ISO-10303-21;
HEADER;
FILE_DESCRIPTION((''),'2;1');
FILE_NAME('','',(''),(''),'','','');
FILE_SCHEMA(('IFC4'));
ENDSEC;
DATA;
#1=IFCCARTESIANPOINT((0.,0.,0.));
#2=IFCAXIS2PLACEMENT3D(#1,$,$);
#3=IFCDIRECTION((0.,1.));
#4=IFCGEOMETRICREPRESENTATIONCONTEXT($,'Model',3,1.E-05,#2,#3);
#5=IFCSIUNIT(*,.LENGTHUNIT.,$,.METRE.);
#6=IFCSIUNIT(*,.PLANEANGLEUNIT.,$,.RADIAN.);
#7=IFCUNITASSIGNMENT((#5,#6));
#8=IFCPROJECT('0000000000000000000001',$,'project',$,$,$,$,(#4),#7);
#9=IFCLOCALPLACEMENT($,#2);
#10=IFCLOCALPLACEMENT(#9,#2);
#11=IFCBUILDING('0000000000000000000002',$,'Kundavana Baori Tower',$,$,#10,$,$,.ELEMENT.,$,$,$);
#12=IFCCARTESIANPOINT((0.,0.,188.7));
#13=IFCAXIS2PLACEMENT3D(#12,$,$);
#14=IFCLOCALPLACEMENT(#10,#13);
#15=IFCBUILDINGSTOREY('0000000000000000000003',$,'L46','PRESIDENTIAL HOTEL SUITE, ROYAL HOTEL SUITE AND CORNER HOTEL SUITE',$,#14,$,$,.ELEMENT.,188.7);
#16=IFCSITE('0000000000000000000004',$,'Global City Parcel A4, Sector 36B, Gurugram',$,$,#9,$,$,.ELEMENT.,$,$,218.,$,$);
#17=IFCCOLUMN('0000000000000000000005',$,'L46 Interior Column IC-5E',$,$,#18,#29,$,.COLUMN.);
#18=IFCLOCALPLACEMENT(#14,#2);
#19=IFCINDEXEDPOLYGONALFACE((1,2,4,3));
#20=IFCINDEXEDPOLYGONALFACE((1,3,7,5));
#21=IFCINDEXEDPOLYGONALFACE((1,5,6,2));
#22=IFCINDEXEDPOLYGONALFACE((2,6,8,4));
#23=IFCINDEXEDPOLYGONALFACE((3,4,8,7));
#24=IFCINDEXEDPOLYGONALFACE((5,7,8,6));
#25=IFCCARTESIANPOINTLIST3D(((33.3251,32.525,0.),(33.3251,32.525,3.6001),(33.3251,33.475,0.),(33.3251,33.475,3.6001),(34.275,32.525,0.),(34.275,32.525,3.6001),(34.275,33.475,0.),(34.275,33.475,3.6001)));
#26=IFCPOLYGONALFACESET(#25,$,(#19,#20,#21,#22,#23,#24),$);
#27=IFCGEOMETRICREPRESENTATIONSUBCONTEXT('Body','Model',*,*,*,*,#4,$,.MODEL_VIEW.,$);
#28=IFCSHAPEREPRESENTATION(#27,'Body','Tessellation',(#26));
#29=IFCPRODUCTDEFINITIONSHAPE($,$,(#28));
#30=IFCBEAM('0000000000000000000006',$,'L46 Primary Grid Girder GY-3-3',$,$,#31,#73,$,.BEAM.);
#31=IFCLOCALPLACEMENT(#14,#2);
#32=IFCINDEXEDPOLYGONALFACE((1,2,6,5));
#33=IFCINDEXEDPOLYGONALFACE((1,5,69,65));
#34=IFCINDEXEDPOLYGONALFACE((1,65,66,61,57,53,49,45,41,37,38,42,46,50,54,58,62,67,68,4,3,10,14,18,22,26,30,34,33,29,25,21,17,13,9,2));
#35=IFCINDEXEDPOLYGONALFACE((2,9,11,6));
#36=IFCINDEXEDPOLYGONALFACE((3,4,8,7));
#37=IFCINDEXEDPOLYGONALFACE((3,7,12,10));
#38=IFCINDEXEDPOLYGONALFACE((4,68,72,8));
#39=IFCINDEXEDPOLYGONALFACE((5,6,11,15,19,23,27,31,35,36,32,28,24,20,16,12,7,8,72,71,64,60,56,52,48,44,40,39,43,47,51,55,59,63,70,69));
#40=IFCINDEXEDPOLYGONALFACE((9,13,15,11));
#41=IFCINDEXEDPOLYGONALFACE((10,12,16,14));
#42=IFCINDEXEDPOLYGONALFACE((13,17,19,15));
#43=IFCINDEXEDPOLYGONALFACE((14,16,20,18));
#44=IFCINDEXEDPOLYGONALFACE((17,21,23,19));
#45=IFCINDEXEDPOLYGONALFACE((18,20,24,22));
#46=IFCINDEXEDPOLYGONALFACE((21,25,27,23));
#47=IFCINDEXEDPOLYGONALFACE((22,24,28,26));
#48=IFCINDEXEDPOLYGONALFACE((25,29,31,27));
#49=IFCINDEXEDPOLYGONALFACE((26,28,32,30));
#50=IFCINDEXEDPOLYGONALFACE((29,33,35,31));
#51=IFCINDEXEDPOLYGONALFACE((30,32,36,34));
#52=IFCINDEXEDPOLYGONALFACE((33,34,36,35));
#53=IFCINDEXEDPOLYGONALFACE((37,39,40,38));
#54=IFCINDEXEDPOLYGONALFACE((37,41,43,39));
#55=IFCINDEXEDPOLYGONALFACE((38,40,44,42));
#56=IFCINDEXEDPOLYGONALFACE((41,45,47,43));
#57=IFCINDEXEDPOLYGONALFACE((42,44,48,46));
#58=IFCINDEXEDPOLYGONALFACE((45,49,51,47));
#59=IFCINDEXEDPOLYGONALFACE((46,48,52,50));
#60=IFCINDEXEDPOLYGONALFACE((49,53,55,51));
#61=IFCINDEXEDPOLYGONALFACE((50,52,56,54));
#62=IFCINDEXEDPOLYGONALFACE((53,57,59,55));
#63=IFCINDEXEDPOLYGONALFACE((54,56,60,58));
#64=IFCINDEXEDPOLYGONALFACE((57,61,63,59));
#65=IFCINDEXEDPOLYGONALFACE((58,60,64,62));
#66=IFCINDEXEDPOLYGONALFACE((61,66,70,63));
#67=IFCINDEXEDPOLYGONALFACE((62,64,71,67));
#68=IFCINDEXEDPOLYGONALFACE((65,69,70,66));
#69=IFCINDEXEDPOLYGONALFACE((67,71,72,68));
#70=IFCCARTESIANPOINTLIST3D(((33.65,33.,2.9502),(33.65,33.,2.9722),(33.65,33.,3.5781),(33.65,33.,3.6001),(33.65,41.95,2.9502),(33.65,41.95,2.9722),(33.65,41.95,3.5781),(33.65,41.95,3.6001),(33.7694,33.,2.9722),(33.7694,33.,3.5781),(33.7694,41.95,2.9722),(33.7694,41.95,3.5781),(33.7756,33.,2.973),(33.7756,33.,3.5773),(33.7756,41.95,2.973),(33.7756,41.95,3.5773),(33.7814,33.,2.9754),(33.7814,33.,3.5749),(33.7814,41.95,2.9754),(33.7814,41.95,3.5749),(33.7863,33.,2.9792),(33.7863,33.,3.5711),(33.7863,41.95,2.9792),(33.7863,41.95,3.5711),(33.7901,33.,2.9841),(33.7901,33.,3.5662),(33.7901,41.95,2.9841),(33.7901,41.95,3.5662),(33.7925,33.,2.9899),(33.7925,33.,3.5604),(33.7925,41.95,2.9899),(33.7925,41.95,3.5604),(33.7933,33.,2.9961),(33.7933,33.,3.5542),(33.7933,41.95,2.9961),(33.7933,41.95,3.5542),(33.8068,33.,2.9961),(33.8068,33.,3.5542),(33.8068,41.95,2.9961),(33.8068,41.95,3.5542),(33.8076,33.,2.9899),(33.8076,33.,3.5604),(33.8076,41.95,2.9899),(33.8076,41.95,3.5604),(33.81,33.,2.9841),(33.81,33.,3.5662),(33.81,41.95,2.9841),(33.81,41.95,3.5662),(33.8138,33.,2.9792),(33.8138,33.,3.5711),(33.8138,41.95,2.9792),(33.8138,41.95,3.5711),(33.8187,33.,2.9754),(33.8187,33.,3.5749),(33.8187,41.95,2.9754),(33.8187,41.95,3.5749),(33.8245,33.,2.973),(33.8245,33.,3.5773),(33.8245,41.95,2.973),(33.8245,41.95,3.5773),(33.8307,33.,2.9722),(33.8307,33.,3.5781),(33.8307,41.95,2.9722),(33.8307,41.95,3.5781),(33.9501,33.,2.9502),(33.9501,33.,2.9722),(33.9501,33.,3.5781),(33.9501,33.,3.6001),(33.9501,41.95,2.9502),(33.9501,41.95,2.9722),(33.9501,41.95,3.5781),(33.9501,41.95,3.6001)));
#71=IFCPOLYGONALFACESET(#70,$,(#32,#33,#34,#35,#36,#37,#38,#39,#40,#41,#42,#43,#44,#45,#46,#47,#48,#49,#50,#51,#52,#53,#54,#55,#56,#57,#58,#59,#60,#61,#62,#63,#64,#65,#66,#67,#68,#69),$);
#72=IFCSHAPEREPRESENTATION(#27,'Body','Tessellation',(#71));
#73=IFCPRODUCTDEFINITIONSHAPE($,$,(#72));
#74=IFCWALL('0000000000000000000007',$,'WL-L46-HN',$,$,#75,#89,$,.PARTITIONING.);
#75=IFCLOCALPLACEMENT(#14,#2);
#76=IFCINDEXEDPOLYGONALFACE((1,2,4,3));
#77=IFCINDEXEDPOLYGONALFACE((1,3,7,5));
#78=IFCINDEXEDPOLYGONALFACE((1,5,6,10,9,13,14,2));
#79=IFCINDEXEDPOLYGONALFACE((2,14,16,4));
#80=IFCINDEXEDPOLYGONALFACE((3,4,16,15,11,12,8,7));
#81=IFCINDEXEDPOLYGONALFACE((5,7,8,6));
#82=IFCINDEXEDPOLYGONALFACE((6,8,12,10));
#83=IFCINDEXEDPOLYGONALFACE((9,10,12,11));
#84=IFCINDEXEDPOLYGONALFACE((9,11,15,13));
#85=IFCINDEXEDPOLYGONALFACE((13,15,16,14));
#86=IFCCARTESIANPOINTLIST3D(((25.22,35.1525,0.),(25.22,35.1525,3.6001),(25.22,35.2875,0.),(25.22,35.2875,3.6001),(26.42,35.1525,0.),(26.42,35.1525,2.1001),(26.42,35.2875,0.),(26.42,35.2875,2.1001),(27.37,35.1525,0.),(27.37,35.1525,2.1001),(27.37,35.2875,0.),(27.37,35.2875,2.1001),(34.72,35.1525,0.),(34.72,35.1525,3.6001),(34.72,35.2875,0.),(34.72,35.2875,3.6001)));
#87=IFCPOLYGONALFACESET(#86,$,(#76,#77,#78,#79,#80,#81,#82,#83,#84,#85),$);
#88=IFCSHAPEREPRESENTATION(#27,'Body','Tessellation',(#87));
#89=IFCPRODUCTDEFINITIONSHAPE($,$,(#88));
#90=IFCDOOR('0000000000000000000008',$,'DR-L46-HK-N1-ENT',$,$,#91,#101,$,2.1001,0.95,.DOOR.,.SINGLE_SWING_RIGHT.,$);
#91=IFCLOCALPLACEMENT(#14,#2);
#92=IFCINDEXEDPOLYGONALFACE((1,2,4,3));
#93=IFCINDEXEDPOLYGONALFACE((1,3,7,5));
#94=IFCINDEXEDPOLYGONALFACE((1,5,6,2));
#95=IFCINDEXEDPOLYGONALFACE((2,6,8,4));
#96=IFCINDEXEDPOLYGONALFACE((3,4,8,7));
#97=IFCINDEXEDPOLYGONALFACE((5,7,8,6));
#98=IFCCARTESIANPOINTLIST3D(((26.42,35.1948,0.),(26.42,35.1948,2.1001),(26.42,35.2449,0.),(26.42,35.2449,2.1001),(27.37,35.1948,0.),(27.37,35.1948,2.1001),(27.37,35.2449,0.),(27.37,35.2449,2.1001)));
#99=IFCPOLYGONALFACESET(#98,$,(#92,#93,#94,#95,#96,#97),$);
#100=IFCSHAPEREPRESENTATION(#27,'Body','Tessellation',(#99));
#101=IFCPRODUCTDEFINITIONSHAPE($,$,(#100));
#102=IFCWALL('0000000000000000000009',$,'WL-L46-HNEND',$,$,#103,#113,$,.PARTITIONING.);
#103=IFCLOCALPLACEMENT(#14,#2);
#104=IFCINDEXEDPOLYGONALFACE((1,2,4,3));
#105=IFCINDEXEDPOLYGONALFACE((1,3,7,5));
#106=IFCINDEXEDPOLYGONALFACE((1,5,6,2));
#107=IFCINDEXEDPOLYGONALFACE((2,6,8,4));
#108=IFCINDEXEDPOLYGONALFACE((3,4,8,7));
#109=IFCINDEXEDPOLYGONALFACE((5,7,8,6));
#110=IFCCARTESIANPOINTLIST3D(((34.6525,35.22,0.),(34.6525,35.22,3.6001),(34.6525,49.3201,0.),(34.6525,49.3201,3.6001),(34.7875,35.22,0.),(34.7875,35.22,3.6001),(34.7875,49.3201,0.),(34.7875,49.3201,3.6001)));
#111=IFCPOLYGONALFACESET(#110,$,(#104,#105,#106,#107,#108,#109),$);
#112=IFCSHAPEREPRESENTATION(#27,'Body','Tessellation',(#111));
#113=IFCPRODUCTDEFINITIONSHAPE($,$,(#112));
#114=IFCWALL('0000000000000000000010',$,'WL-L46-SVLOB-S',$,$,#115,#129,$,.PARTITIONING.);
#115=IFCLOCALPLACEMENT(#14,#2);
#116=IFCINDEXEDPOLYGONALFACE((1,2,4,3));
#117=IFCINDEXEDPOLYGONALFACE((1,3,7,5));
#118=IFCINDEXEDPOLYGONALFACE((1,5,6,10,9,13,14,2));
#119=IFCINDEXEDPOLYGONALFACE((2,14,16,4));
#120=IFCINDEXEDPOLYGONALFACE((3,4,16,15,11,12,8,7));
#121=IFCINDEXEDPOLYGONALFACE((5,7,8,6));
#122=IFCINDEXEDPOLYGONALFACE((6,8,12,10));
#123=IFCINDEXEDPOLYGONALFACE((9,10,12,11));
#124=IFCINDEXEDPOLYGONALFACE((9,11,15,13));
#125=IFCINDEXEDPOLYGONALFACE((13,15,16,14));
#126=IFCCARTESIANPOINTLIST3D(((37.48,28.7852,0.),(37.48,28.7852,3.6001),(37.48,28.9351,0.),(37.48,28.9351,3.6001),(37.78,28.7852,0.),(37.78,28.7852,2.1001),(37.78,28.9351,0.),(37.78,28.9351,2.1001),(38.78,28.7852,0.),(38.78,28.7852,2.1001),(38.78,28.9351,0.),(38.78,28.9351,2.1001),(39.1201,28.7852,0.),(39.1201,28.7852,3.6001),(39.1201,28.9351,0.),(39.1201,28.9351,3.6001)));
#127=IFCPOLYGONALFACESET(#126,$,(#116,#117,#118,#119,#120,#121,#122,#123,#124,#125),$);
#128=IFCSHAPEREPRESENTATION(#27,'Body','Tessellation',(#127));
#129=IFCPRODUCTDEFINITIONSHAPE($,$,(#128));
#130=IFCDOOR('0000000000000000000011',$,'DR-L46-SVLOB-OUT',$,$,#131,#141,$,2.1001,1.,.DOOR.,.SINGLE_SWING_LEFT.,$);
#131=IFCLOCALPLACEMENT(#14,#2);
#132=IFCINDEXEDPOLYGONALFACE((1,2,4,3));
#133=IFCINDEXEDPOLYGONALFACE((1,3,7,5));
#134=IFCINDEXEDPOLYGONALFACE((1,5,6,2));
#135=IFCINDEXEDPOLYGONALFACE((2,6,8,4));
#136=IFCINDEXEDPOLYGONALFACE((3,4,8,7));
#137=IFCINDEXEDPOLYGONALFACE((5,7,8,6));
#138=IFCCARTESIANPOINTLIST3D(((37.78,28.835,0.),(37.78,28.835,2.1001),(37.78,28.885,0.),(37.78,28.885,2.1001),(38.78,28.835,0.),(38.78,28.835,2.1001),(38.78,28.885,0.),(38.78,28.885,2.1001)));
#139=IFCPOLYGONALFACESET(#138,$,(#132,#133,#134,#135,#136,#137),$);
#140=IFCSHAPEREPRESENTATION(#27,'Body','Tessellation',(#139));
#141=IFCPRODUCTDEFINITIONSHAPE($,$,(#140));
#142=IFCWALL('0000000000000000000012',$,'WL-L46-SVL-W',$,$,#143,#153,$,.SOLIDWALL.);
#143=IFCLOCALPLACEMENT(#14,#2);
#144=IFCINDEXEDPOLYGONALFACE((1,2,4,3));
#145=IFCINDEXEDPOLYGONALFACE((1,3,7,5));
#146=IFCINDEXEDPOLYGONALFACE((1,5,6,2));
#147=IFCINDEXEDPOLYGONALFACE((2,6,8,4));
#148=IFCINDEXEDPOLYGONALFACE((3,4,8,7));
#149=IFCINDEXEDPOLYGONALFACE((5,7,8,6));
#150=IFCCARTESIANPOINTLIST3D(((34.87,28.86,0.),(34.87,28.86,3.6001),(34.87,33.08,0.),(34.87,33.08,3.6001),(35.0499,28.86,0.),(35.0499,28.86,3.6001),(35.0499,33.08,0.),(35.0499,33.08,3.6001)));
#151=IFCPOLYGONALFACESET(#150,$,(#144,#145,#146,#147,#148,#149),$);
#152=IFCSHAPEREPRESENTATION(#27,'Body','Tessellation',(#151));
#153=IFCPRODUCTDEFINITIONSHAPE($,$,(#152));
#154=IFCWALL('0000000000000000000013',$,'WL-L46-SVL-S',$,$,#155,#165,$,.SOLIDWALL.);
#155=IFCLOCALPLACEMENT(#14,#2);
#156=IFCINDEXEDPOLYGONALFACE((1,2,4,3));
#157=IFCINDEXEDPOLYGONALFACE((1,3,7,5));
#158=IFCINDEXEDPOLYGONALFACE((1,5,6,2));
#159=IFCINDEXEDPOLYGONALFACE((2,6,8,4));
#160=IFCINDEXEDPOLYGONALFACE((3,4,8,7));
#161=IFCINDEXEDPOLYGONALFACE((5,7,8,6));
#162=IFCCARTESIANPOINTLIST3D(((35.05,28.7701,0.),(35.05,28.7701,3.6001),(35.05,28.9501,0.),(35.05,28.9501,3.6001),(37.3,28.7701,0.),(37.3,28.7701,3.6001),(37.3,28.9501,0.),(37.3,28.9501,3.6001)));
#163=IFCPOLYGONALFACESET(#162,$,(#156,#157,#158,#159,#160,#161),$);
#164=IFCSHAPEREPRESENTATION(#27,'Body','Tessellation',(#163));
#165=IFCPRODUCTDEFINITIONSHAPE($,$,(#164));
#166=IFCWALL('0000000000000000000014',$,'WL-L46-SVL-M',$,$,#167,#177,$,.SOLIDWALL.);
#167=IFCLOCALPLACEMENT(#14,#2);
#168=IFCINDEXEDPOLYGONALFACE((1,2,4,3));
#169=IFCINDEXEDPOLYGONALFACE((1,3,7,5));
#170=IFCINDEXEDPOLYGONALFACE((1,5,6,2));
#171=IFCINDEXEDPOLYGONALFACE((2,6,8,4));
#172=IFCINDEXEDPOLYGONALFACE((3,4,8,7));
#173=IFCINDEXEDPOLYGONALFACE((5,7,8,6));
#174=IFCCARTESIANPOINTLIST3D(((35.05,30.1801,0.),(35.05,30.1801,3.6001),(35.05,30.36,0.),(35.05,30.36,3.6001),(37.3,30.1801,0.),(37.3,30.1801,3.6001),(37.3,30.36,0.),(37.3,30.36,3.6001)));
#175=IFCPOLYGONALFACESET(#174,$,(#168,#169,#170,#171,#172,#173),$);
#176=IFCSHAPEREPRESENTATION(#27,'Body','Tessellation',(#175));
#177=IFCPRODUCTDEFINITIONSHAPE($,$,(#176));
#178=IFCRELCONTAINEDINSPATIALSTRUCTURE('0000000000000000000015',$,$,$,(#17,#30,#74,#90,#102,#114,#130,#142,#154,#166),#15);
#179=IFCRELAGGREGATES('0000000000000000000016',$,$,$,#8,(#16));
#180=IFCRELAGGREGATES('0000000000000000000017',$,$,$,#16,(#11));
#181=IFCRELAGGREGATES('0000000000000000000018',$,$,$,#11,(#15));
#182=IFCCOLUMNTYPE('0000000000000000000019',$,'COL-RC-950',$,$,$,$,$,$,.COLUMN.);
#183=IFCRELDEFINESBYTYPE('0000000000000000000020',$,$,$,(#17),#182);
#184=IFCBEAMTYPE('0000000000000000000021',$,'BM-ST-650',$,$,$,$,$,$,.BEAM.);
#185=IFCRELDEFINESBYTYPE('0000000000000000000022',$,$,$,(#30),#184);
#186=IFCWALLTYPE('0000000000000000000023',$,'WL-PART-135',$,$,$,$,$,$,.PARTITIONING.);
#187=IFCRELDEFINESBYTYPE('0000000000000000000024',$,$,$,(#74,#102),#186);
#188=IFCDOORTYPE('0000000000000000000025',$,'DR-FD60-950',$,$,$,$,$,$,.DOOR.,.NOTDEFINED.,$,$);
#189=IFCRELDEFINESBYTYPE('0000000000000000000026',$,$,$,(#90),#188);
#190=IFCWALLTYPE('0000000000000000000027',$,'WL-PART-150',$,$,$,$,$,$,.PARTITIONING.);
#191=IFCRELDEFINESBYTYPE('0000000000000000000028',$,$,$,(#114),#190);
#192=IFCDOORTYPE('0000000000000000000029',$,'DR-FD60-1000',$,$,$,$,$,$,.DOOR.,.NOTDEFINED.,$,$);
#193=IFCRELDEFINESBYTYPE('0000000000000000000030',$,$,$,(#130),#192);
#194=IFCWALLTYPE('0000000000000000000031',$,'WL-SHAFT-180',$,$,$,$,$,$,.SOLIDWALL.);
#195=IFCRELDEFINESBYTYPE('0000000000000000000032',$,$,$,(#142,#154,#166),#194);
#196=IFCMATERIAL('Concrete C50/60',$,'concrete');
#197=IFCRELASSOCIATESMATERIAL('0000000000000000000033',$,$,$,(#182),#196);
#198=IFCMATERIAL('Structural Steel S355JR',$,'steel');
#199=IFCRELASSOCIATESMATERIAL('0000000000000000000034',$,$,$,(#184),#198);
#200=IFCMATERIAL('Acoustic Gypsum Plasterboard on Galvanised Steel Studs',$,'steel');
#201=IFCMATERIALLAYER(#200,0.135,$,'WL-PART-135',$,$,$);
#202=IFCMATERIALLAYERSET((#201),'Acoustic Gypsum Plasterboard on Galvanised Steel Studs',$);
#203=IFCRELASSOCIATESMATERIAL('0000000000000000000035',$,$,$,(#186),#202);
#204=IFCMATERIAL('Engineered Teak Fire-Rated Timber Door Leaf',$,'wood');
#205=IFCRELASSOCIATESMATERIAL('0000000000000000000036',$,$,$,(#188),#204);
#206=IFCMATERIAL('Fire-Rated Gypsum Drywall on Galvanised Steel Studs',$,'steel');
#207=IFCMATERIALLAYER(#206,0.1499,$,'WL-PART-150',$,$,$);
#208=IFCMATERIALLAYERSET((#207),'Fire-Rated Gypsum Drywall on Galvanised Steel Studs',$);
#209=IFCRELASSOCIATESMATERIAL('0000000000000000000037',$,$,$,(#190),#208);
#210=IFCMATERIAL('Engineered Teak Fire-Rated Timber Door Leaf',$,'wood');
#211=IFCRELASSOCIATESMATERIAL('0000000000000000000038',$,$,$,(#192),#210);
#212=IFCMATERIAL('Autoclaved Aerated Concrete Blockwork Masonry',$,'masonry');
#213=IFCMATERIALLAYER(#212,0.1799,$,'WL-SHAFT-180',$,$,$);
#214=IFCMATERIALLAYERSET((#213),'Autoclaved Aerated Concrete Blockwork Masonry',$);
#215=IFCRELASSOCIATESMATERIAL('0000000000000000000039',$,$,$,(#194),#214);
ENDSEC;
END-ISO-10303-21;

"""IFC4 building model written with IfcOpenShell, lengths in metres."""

from ifc_helpers import new_model, si_unit, direction, frame, frame_2d, origin, origin_2d, place, context, subcontext, project, spatial, rectangle, i_section, extrude, material, layer, layer_set, material_profile, profile_set, type_object, element, fill, save


model = new_model("IFC4")

# Units and contexts
model_context = context("Model", 3, precision=1e-05, world=origin(), true_north=direction((0.0, 1.0)))
body_context = subcontext(model_context, "Body", "Model", "MODEL_VIEW")
ifc_project = project(units=[si_unit("LENGTHUNIT", "METRE"), si_unit("PLANEANGLEUNIT", "RADIAN")], contexts=[model_context])

# Site, building, storey
site_placement = place(None, origin())
site = spatial("IfcSite", under=ifc_project, at=site_placement, Name="Global City Parcel A4, Sector 36B, Gurugram", CompositionType="ELEMENT", RefElevation=218.0)
building_placement = place(site_placement, origin())
building = spatial("IfcBuilding", under=site, at=building_placement, Name="Kundavana Baori Tower", CompositionType="ELEMENT")
storey_placement = place(building_placement, frame((0.0, 0.0, 188.7)))
storey = spatial("IfcBuildingStorey", under=building, at=storey_placement, Name="L46", Description="PRESIDENTIAL HOTEL SUITE, ROYAL HOTEL SUITE AND CORNER HOTEL SUITE", CompositionType="ELEMENT", Elevation=188.7)

# Column
ifc_material_1 = material(Name="Concrete C50/60", Category="concrete")
ifc_material_profile_1 = material_profile(ifc_material_1, rectangle(XDim=0.95, YDim=0.95, at=origin_2d()), Name="RC 950x950")
ifc_profile_set_1 = profile_set([ifc_material_profile_1], Name="Concrete C50/60")
column_type = type_object("IfcColumnType", Name="COL-RC-950", PredefinedType="COLUMN", material=ifc_profile_set_1)
column_placement = place(storey_placement, frame((33.8, 33.0, 0.0), z_axis=(0.0, 0.0, 1.0), x_axis=(1.0, 0.0, 0.0)))
element("IfcColumn", 1, at=column_placement, inside=storey, type_object=column_type, Name="L46 Interior Column IC-5E", PredefinedType="COLUMN", context=body_context, shape_type="SweptSolid", body=[
    extrude(rectangle(XDim=0.95, YDim=0.95, at=origin_2d()), origin(), (0.0, 0.0, 1.0), 3.6001),
])

# Beam
ifc_material_2 = material(Name="Structural Steel S355JR", Category="steel")
ifc_material_profile_2 = material_profile(ifc_material_2, i_section(OverallWidth=0.3, OverallDepth=0.6499, WebThickness=0.0134, FlangeThickness=0.022, FilletRadius=0.0239, at=origin_2d()), Name="NPB 650x300x155")
ifc_profile_set_2 = profile_set([ifc_material_profile_2], Name="Structural Steel S355JR")
beam_type = type_object("IfcBeamType", Name="BM-ST-650", PredefinedType="BEAM", material=ifc_profile_set_2)
beam_placement = place(storey_placement, frame((33.8, 33.0, 3.2751), z_axis=(0.0, 1.0, 0.0), x_axis=(-1.0, 0.0, 0.0)))
element("IfcBeam", 2, at=beam_placement, inside=storey, type_object=beam_type, Name="L46 Primary Grid Girder GY-3-3", PredefinedType="BEAM", context=body_context, shape_type="SweptSolid", body=[
    extrude(i_section(OverallWidth=0.3, OverallDepth=0.6499, WebThickness=0.0134, FlangeThickness=0.022, FilletRadius=0.0239, at=origin_2d()), origin(), (0.0, 0.0, 1.0), 8.95),
])

# Wall, opening, door
ifc_material_3 = material(Name="Acoustic Gypsum Plasterboard on Galvanised Steel Studs", Category="steel")
ifc_layer_1 = layer(ifc_material_3, 0.135, Name="WL-PART-135")
ifc_layer_set_1 = layer_set([ifc_layer_1], Name="Acoustic Gypsum Plasterboard on Galvanised Steel Studs")
wall_type_1 = type_object("IfcWallType", Name="WL-PART-135", PredefinedType="PARTITIONING", material=ifc_layer_set_1)
wall_1_placement = place(storey_placement, frame((25.22, 35.22, 0.0), z_axis=(0.0, 0.0, 1.0), x_axis=(1.0, 0.0, 0.0)))
wall_1 = element("IfcWall", 3, at=wall_1_placement, inside=storey, type_object=wall_type_1, Name="WL-L46-HN", PredefinedType="PARTITIONING", context=body_context, shape_type="SweptSolid", body=[
    extrude(rectangle(XDim=9.5, YDim=0.135, at=frame_2d((4.75, 0.0))), origin(), (0.0, 0.0, 1.0), 3.6001),
])
opening_1_placement = place(wall_1_placement, frame((1.2, 0.0, 0.0)))
opening_1 = element("IfcOpeningElement", 4, at=opening_1_placement, cuts=wall_1, PredefinedType="OPENING", context=body_context, shape_type="SweptSolid", body=[
    extrude(rectangle(XDim=0.95, YDim=2.1001, at=frame_2d((0.4751, 1.05))), frame((0.0, 0.0776, 0.0), z_axis=(0.0, -1.0, 0.0), x_axis=(1.0, 0.0, 0.0)), (0.0, 0.0, 1.0), 0.155),
])
ifc_material_4 = material(Name="Engineered Teak Fire-Rated Timber Door Leaf", Category="wood")
door_type_1 = type_object("IfcDoorType", Name="DR-FD60-950", OperationType="NOTDEFINED", PredefinedType="DOOR", material=ifc_material_4)
door_1_placement = place(opening_1_placement, origin())
door_1 = element("IfcDoor", 5, at=door_1_placement, inside=storey, type_object=door_type_1, Name="DR-L46-HK-N1-ENT", OperationType="SINGLE_SWING_RIGHT", OverallHeight=2.1001, OverallWidth=0.95, PredefinedType="DOOR", context=body_context, shape_type="SweptSolid", body=[
    extrude(rectangle(XDim=0.95, YDim=2.1001, at=frame_2d((0.4751, 1.05))), frame((0.0, 0.0249, 0.0), z_axis=(0.0, -1.0, 0.0), x_axis=(1.0, 0.0, 0.0)), (0.0, 0.0, 1.0), 0.05),
])
fill(opening_1, door_1)

# Wall
wall_2_placement = place(storey_placement, frame((34.72, 35.22, 0.0), z_axis=(0.0, 0.0, 1.0), x_axis=(0.0, 1.0, 0.0)))
element("IfcWall", 6, at=wall_2_placement, inside=storey, type_object=wall_type_1, Name="WL-L46-HNEND", PredefinedType="PARTITIONING", context=body_context, shape_type="SweptSolid", body=[
    extrude(rectangle(XDim=14.1001, YDim=0.135, at=frame_2d((7.05, 0.0))), origin(), (0.0, 0.0, 1.0), 3.6001),
])

# Wall, opening, door
ifc_material_5 = material(Name="Fire-Rated Gypsum Drywall on Galvanised Steel Studs", Category="steel")
ifc_layer_2 = layer(ifc_material_5, 0.1499, Name="WL-PART-150")
ifc_layer_set_2 = layer_set([ifc_layer_2], Name="Fire-Rated Gypsum Drywall on Galvanised Steel Studs")
wall_type_2 = type_object("IfcWallType", Name="WL-PART-150", PredefinedType="PARTITIONING", material=ifc_layer_set_2)
wall_3_placement = place(storey_placement, frame((37.48, 28.8601, 0.0), z_axis=(0.0, 0.0, 1.0), x_axis=(1.0, 0.0, 0.0)))
wall_3 = element("IfcWall", 7, at=wall_3_placement, inside=storey, type_object=wall_type_2, Name="WL-L46-SVLOB-S", PredefinedType="PARTITIONING", context=body_context, shape_type="SweptSolid", body=[
    extrude(rectangle(XDim=1.6401, YDim=0.1499, at=frame_2d((0.8201, 0.0))), origin(), (0.0, 0.0, 1.0), 3.6001),
])
opening_2_placement = place(wall_3_placement, frame((0.3, 0.0, 0.0)))
opening_2 = element("IfcOpeningElement", 8, at=opening_2_placement, cuts=wall_3, PredefinedType="OPENING", context=body_context, shape_type="SweptSolid", body=[
    extrude(rectangle(XDim=1.0, YDim=2.1001, at=frame_2d((0.5, 1.05))), frame((0.0, 0.085, 0.0), z_axis=(0.0, -1.0, 0.0), x_axis=(1.0, 0.0, 0.0)), (0.0, 0.0, 1.0), 0.1699),
])
ifc_material_6 = material(Name="Engineered Teak Fire-Rated Timber Door Leaf", Category="wood")
door_type_2 = type_object("IfcDoorType", Name="DR-FD60-1000", OperationType="NOTDEFINED", PredefinedType="DOOR", material=ifc_material_6)
door_2_placement = place(opening_2_placement, origin())
door_2 = element("IfcDoor", 9, at=door_2_placement, inside=storey, type_object=door_type_2, Name="DR-L46-SVLOB-OUT", OperationType="SINGLE_SWING_LEFT", OverallHeight=2.1001, OverallWidth=1.0, PredefinedType="DOOR", context=body_context, shape_type="SweptSolid", body=[
    extrude(rectangle(XDim=1.0, YDim=2.1001, at=frame_2d((0.5, 1.05))), frame((0.0, 0.0249, 0.0), z_axis=(0.0, -1.0, 0.0), x_axis=(1.0, 0.0, 0.0)), (0.0, 0.0, 1.0), 0.05),
])
fill(opening_2, door_2)

# Wall
ifc_material_7 = material(Name="Autoclaved Aerated Concrete Blockwork Masonry", Category="masonry")
ifc_layer_3 = layer(ifc_material_7, 0.1799, Name="WL-SHAFT-180")
ifc_layer_set_3 = layer_set([ifc_layer_3], Name="Autoclaved Aerated Concrete Blockwork Masonry")
wall_type_3 = type_object("IfcWallType", Name="WL-SHAFT-180", PredefinedType="SOLIDWALL", material=ifc_layer_set_3)
wall_4_placement = place(storey_placement, frame((34.96, 28.8601, 0.0), z_axis=(0.0, 0.0, 1.0), x_axis=(0.0, 1.0, 0.0)))
element("IfcWall", 10, at=wall_4_placement, inside=storey, type_object=wall_type_3, Name="WL-L46-SVL-W", PredefinedType="SOLIDWALL", context=body_context, shape_type="SweptSolid", body=[
    extrude(rectangle(XDim=4.22, YDim=0.1799, at=frame_2d((2.1099, 0.0))), origin(), (0.0, 0.0, 1.0), 3.6001),
])

# Walls
for number, where, z_axis, x_axis, name in (
    (11, (35.05, 28.8601, 0.0), (0.0, 0.0, 1.0), (1.0, 0.0, 0.0), "WL-L46-SVL-S"),
    (12, (35.05, 30.27, 0.0), (0.0, 0.0, 1.0), (1.0, 0.0, 0.0), "WL-L46-SVL-M"),
):
    element("IfcWall", number, at=place(storey_placement, frame(where, z_axis=z_axis, x_axis=x_axis)), inside=storey, type_object=wall_type_3, Name=name, PredefinedType="SOLIDWALL", context=body_context, shape_type="SweptSolid", body=[
        extrude(rectangle(XDim=2.25, YDim=0.1799, at=frame_2d((1.125, 0.0))), origin(), (0.0, 0.0, 1.0), 3.6001),
    ])

save(model, "model.ifc")
